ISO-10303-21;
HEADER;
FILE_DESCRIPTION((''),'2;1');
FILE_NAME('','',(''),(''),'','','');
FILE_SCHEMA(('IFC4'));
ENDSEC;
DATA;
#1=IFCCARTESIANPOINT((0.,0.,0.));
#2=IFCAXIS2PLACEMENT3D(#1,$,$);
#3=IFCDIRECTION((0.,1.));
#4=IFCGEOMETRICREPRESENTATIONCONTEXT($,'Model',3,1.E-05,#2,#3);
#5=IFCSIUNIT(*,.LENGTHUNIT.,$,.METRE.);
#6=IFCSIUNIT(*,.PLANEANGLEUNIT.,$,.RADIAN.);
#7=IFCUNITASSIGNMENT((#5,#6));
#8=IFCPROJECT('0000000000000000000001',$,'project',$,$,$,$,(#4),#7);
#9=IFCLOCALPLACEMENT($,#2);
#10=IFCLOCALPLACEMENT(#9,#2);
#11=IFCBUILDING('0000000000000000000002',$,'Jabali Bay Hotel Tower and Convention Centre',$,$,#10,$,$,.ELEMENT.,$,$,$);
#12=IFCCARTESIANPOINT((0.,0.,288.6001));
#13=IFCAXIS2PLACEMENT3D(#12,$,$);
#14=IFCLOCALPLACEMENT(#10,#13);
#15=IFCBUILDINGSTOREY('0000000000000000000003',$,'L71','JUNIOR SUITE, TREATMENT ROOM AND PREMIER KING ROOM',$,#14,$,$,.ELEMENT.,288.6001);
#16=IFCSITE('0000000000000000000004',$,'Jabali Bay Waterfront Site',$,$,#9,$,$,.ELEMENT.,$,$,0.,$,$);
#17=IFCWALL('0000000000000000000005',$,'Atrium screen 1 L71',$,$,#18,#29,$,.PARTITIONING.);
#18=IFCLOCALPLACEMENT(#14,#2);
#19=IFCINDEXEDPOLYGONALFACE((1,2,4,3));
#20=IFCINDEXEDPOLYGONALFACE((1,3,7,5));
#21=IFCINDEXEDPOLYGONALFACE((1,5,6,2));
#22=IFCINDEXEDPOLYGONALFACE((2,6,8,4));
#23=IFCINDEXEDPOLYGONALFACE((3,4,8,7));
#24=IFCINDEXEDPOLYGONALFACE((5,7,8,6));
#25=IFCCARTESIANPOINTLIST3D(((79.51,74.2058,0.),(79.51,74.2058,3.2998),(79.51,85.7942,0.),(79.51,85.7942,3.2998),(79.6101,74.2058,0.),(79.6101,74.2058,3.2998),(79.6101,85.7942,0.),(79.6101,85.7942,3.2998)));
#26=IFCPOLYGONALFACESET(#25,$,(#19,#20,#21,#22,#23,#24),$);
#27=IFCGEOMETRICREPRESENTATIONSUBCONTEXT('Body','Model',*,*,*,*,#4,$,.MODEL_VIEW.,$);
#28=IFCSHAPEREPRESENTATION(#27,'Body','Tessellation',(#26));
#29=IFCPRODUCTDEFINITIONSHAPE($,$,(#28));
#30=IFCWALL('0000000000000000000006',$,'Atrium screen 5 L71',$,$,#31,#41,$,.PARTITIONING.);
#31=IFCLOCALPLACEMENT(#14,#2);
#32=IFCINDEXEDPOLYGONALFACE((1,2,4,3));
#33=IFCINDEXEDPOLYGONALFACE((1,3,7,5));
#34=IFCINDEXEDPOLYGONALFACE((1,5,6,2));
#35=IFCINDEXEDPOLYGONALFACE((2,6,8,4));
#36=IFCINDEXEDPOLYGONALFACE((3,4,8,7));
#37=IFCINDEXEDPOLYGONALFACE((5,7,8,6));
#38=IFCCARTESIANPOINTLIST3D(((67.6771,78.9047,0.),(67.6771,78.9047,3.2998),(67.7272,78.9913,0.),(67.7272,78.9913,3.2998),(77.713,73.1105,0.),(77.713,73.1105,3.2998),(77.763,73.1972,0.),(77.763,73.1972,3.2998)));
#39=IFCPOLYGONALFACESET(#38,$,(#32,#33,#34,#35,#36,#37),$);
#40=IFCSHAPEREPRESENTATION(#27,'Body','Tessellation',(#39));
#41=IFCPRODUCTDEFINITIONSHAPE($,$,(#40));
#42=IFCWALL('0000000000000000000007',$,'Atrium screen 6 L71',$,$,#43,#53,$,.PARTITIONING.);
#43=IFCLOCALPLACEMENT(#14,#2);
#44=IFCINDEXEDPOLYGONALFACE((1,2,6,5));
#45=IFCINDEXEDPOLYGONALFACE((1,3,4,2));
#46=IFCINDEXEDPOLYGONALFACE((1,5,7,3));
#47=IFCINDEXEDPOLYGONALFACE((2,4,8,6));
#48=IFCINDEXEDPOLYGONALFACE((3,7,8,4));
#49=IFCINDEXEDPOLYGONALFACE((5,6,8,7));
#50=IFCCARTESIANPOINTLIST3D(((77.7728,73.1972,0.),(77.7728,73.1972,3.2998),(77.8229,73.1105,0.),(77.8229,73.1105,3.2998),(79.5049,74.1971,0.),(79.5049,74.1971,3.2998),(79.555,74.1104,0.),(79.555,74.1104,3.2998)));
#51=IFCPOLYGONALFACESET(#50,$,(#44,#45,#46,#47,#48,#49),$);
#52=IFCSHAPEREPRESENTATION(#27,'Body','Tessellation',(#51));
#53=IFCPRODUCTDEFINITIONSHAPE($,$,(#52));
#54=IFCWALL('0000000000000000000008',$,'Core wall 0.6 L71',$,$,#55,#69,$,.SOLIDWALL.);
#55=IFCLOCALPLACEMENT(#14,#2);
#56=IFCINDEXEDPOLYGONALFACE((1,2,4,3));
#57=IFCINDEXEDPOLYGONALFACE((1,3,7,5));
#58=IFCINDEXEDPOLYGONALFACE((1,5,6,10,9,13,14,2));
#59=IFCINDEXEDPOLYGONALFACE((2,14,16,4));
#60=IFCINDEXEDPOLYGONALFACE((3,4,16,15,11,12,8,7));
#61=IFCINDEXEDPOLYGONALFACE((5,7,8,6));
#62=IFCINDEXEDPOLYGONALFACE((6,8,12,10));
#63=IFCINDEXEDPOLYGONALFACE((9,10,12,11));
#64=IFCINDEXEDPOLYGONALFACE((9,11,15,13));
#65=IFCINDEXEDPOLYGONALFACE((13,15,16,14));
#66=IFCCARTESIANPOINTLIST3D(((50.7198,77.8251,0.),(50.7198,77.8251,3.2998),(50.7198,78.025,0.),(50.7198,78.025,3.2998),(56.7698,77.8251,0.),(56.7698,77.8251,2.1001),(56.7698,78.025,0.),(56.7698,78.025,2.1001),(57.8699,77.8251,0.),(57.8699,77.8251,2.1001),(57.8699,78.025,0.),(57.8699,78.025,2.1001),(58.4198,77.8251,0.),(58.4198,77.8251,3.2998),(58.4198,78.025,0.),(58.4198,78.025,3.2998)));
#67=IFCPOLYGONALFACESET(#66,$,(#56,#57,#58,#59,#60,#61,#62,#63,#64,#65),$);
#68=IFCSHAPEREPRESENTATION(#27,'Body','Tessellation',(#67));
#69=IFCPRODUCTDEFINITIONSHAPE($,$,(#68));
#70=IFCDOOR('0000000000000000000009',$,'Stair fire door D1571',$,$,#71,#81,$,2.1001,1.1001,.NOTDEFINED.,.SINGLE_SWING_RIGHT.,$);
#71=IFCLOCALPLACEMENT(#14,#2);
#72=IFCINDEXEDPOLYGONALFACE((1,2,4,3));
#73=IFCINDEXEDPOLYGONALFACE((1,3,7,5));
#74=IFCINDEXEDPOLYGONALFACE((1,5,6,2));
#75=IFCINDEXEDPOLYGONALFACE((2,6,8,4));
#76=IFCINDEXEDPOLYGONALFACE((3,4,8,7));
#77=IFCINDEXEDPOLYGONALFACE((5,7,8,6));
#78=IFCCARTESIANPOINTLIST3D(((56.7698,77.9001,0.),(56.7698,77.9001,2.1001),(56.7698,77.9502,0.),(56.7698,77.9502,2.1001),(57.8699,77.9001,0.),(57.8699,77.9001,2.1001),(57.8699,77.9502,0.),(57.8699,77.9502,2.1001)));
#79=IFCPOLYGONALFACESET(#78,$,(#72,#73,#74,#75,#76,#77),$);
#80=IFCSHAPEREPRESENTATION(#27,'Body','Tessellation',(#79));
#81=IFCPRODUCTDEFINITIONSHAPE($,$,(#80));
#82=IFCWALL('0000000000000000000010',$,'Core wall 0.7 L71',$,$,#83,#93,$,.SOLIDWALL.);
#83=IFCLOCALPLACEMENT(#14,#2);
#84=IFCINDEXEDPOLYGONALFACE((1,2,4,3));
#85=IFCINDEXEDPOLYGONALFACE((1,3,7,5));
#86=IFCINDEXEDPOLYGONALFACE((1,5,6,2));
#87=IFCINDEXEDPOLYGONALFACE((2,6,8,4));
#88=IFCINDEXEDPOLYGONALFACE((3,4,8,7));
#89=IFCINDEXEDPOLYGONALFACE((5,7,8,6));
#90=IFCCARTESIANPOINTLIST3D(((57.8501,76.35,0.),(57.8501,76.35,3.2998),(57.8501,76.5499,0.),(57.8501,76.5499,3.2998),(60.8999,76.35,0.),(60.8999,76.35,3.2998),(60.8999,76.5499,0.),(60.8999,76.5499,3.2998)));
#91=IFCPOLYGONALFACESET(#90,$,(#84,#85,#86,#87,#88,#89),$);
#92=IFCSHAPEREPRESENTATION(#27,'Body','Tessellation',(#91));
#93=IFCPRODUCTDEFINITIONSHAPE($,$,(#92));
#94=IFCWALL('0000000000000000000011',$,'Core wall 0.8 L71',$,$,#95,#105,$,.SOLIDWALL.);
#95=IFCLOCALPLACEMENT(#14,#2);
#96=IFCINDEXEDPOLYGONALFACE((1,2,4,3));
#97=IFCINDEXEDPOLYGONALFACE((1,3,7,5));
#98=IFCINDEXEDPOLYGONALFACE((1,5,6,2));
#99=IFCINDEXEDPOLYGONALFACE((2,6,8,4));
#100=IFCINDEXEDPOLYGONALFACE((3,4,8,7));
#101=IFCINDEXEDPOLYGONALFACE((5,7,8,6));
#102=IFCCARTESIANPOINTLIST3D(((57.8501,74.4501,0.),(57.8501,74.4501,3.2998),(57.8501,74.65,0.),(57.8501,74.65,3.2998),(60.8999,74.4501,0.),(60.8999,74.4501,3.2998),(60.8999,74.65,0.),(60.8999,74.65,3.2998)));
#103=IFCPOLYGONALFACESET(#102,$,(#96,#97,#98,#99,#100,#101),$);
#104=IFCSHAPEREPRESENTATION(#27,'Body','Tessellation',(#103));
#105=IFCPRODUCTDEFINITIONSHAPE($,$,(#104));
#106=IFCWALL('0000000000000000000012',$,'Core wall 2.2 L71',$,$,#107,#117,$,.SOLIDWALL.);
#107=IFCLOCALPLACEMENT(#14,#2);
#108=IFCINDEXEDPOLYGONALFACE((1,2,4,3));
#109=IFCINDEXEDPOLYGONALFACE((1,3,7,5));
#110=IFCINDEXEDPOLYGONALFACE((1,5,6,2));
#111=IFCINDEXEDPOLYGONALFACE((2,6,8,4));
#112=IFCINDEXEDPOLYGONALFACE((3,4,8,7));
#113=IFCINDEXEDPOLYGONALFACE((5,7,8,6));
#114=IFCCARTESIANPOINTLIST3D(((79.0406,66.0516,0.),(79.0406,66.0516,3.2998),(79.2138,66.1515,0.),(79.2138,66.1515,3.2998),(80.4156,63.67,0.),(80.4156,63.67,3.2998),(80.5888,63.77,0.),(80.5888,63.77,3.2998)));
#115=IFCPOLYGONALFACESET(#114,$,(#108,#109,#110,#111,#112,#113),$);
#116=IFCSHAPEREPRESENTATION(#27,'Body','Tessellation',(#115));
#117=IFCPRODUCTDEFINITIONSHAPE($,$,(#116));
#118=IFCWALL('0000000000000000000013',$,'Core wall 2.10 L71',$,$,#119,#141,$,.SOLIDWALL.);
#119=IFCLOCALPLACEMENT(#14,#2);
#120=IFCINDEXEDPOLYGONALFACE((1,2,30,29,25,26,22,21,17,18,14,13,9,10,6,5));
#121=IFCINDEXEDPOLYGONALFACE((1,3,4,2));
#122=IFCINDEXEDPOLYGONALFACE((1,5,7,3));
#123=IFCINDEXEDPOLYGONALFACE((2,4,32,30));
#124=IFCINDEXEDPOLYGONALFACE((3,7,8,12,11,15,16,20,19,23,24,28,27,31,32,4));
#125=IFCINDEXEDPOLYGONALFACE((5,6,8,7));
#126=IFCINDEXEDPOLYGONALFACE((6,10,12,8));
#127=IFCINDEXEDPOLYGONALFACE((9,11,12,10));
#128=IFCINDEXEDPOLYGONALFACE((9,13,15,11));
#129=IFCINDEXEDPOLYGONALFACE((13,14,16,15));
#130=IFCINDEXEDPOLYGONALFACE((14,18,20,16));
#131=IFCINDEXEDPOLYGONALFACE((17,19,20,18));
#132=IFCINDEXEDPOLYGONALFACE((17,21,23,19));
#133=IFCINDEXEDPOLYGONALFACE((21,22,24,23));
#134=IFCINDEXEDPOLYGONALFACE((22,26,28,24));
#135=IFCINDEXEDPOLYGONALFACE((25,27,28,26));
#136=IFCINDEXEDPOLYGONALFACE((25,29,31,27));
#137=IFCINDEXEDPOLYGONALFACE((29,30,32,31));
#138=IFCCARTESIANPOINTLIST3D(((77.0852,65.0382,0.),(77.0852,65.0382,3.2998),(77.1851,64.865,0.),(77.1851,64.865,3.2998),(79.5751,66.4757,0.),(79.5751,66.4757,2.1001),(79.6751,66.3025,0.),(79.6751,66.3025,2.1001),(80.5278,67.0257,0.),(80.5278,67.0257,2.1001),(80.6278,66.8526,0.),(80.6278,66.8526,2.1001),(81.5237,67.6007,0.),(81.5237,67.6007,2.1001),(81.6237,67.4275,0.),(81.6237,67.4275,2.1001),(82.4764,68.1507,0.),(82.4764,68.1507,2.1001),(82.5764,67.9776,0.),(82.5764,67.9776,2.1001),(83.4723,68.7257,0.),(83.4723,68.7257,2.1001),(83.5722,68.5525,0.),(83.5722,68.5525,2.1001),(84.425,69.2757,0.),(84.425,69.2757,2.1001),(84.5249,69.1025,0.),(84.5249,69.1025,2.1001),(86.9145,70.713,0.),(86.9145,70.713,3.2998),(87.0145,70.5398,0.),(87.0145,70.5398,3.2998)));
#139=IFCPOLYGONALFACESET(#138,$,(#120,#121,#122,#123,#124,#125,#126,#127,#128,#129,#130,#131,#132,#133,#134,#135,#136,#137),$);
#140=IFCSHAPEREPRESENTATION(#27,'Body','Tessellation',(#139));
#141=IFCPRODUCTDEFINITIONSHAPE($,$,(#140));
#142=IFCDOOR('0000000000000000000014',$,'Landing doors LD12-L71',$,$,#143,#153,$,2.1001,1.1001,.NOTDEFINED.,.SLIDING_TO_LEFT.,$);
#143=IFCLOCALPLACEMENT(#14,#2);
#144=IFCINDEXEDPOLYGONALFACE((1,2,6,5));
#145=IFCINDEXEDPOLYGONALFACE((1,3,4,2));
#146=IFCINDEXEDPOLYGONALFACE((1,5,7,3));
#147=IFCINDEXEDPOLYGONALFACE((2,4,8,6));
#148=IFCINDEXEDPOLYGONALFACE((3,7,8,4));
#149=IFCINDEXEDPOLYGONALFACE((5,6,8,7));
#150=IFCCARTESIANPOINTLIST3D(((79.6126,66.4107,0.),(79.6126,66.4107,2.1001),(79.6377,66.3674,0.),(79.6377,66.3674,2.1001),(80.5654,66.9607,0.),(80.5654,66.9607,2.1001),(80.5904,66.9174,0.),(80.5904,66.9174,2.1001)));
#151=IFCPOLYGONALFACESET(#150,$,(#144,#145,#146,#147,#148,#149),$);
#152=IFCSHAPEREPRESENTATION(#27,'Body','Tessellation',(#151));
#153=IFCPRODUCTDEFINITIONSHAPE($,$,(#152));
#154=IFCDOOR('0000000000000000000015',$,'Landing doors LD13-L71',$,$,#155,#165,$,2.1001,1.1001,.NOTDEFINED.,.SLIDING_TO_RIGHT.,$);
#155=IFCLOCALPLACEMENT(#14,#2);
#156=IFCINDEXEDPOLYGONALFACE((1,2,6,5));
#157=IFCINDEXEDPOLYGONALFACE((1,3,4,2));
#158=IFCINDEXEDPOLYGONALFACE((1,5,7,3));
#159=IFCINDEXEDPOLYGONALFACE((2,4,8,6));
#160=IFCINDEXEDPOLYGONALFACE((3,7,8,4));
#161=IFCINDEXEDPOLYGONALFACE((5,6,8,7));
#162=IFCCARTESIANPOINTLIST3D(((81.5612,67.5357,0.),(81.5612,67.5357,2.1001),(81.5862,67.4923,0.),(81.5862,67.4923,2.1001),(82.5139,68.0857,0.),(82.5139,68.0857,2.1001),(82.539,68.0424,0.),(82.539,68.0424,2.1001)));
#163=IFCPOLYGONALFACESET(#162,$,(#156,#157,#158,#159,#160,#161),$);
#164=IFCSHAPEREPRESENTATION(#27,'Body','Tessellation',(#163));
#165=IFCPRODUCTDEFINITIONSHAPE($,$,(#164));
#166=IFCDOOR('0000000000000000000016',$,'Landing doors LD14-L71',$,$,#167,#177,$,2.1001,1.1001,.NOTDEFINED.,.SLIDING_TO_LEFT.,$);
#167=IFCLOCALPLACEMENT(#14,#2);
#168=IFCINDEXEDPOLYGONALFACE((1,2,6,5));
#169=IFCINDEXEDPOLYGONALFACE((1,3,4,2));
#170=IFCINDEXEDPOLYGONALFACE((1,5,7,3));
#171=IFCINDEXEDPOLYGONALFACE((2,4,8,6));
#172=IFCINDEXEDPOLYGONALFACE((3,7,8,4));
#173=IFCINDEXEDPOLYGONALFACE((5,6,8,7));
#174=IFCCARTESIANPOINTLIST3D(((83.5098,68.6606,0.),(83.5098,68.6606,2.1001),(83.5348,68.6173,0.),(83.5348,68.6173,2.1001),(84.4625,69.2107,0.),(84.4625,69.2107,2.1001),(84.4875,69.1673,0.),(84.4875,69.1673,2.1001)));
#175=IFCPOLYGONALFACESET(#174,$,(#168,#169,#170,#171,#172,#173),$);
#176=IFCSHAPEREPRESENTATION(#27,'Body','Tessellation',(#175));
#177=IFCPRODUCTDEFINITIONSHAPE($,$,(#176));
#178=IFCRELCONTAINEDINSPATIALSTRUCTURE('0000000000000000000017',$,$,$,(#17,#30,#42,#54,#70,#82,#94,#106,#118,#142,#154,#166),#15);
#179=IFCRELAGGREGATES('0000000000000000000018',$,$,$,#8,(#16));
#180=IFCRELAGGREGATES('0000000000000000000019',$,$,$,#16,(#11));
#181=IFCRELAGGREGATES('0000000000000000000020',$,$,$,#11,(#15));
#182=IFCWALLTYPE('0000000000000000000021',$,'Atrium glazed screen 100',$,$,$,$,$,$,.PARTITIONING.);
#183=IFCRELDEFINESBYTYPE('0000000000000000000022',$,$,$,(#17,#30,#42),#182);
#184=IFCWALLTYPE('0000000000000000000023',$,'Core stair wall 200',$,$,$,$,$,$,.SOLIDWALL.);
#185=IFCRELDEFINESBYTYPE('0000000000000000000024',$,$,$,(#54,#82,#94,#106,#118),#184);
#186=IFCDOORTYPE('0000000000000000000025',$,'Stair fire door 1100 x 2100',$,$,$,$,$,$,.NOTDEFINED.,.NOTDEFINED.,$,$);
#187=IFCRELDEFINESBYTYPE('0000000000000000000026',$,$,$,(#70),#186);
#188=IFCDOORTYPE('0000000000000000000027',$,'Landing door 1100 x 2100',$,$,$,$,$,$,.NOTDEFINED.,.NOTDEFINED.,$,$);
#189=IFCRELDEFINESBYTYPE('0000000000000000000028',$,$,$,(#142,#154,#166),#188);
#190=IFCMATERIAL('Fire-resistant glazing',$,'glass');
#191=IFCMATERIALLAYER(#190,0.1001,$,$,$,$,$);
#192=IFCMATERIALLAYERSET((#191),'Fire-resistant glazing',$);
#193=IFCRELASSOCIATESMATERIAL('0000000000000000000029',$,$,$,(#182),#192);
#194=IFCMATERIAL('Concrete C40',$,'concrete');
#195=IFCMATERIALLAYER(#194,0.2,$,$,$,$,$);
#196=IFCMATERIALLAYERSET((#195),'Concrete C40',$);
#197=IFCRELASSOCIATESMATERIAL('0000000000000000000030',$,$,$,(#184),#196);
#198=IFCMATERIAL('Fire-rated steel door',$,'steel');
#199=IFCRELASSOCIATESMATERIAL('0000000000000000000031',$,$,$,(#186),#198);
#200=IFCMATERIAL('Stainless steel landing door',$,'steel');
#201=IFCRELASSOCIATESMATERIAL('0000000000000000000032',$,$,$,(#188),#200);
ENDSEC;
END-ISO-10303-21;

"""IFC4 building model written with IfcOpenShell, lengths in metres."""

from ifc_helpers import new_model, si_unit, direction, frame, frame_2d, origin, place, context, subcontext, project, spatial, rectangle, extrude, material, layer, layer_set, type_object, element, fill, save


model = new_model("IFC4")

# Units and contexts
model_context = context("Model", 3, precision=1e-05, world=origin(), true_north=direction((0.0, 1.0)))
body_context = subcontext(model_context, "Body", "Model", "MODEL_VIEW")
ifc_project = project(units=[si_unit("LENGTHUNIT", "METRE"), si_unit("PLANEANGLEUNIT", "RADIAN")], contexts=[model_context])

# Site, building, storey
site_placement = place(None, origin())
site = spatial("IfcSite", under=ifc_project, at=site_placement, Name="Jabali Bay Waterfront Site", CompositionType="ELEMENT", RefElevation=0.0)
building_placement = place(site_placement, origin())
building = spatial("IfcBuilding", under=site, at=building_placement, Name="Jabali Bay Hotel Tower and Convention Centre", CompositionType="ELEMENT")
storey_placement = place(building_placement, frame((0.0, 0.0, 288.6001)))
storey = spatial("IfcBuildingStorey", under=building, at=storey_placement, Name="L71", Description="JUNIOR SUITE, TREATMENT ROOM AND PREMIER KING ROOM", CompositionType="ELEMENT", Elevation=288.6001)

# Walls
ifc_material_1 = material(Name="Fire-resistant glazing", Category="glass")
ifc_layer_1 = layer(ifc_material_1, 0.1001)
ifc_layer_set_1 = layer_set([ifc_layer_1], Name="Fire-resistant glazing")
wall_type_1 = type_object("IfcWallType", Name="Atrium glazed screen 100", PredefinedType="PARTITIONING", material=ifc_layer_set_1)
for number, where, z_axis, x_axis, name in (
    (1, (79.5601, 74.2058, 0.0), (0.0, 0.0, 1.0), (0.0, 1.0, 0.0), "Atrium screen 1 L71"),
    (2, (67.7021, 78.948, 0.0), (0.0, 0.0, 1.0), (0.866027, -0.499998, 0.0), "Atrium screen 5 L71"),
):
    element("IfcWall", number, at=place(storey_placement, frame(where, z_axis=z_axis, x_axis=x_axis)), inside=storey, type_object=wall_type_1, Name=name, PredefinedType="PARTITIONING", context=body_context, shape_type="SweptSolid", body=[
        extrude(rectangle(XDim=11.5884, YDim=0.1001, at=frame_2d((5.7942, 0.0))), origin(), (0.0, 0.0, 1.0), 3.2998),
    ])
wall_1_placement = place(storey_placement, frame((77.7979, 73.1538, 0.0), z_axis=(0.0, 0.0, 1.0), x_axis=(0.866041, 0.499973, 0.0)))
element("IfcWall", 3, at=wall_1_placement, inside=storey, type_object=wall_type_1, Name="Atrium screen 6 L71", PredefinedType="PARTITIONING", context=body_context, shape_type="SweptSolid", body=[
    extrude(rectangle(XDim=2.0, YDim=0.1001, at=frame_2d((1.0, 0.0))), origin(), (0.0, 0.0, 1.0), 3.2998),
])

# Wall, opening, door
ifc_material_2 = material(Name="Concrete C40", Category="concrete")
ifc_layer_2 = layer(ifc_material_2, 0.2)
ifc_layer_set_2 = layer_set([ifc_layer_2], Name="Concrete C40")
wall_type_2 = type_object("IfcWallType", Name="Core stair wall 200", PredefinedType="SOLIDWALL", material=ifc_layer_set_2)
wall_2_placement = place(storey_placement, frame((58.4199, 77.925, 0.0), z_axis=(0.0, 0.0, 1.0), x_axis=(-1.0, 0.0, 0.0)))
wall_2 = element("IfcWall", 4, at=wall_2_placement, inside=storey, type_object=wall_type_2, Name="Core wall 0.6 L71", PredefinedType="SOLIDWALL", context=body_context, shape_type="SweptSolid", body=[
    extrude(rectangle(XDim=7.7, YDim=0.2, at=frame_2d((3.8501, 0.0))), origin(), (0.0, 0.0, 1.0), 3.2998),
])
opening_1_placement = place(wall_2_placement, frame((0.55, 0.0, 0.0)))
opening_1 = element("IfcOpeningElement", 5, at=opening_1_placement, cuts=wall_2, PredefinedType="OPENING", context=body_context, shape_type="SweptSolid", body=[
    extrude(rectangle(XDim=1.1001, YDim=2.1001, at=frame_2d((0.55, 1.05))), frame((0.0, 0.1104, 0.0), z_axis=(0.0, -1.0, 0.0), x_axis=(1.0, 0.0, 0.0)), (0.0, 0.0, 1.0), 0.2209),
])
ifc_material_3 = material(Name="Fire-rated steel door", Category="steel")
door_type_1 = type_object("IfcDoorType", Name="Stair fire door 1100 x 2100", OperationType="NOTDEFINED", PredefinedType="NOTDEFINED", material=ifc_material_3)
door_1_placement = place(opening_1_placement, origin())
door_1 = element("IfcDoor", 6, at=door_1_placement, inside=storey, type_object=door_type_1, Name="Stair fire door D1571", OperationType="SINGLE_SWING_RIGHT", OverallHeight=2.1001, OverallWidth=1.1001, PredefinedType="NOTDEFINED", context=body_context, shape_type="SweptSolid", body=[
    extrude(rectangle(XDim=1.1001, YDim=2.1001, at=frame_2d((0.55, 1.05))), frame((0.0, 0.0249, 0.0), z_axis=(0.0, -1.0, 0.0), x_axis=(1.0, 0.0, 0.0)), (0.0, 0.0, 1.0), 0.05),
])
fill(opening_1, door_1)

# Walls
for number, where, z_axis, x_axis, name in (
    (7, (60.8999, 76.45, 0.0), (0.0, 0.0, 1.0), (-1.0, 0.0, 0.0), "Core wall 0.7 L71"),
    (8, (60.8999, 74.55, 0.0), (0.0, 0.0, 1.0), (-1.0, 0.0, 0.0), "Core wall 0.8 L71"),
):
    element("IfcWall", number, at=place(storey_placement, frame(where, z_axis=z_axis, x_axis=x_axis)), inside=storey, type_object=wall_type_2, Name=name, PredefinedType="SOLIDWALL", context=body_context, shape_type="SweptSolid", body=[
        extrude(rectangle(XDim=3.0498, YDim=0.2, at=frame_2d((1.5249, 0.0))), origin(), (0.0, 0.0, 1.0), 3.2998),
    ])
wall_3_placement = place(storey_placement, frame((79.1272, 66.1016, 0.0), z_axis=(0.0, 0.0, 1.0), x_axis=(0.499997, -0.866027, 0.0)))
element("IfcWall", 9, at=wall_3_placement, inside=storey, type_object=wall_type_2, Name="Core wall 2.2 L71", PredefinedType="SOLIDWALL", context=body_context, shape_type="SweptSolid", body=[
    extrude(rectangle(XDim=2.75, YDim=0.2, at=frame_2d((1.375, 0.0))), origin(), (0.0, 0.0, 1.0), 3.2998),
])

# Wall, openings, doors
wall_4_placement = place(storey_placement, frame((77.1353, 64.9517, 0.0), z_axis=(0.0, 0.0, 1.0), x_axis=(0.866032, 0.499989, 0.0)))
wall_4 = element("IfcWall", 10, at=wall_4_placement, inside=storey, type_object=wall_type_2, Name="Core wall 2.10 L71", PredefinedType="SOLIDWALL", context=body_context, shape_type="SweptSolid", body=[
    extrude(rectangle(XDim=11.3499, YDim=0.2, at=frame_2d((5.6748, 0.0))), origin(), (0.0, 0.0, 1.0), 3.2998),
])
opening_2_placement = place(wall_4_placement, frame((2.875, 0.0, 0.0)))
opening_2 = element("IfcOpeningElement", 11, at=opening_2_placement, cuts=wall_4, PredefinedType="OPENING", context=body_context, shape_type="SweptSolid", body=[
    extrude(rectangle(XDim=1.1001, YDim=2.1001, at=frame_2d((0.55, 1.05))), frame((0.0, 0.1104, 0.0), z_axis=(0.0, -1.0, 0.0), x_axis=(1.0, 0.0, 0.0)), (0.0, 0.0, 1.0), 0.2209),
])
opening_3_placement = place(wall_4_placement, frame((5.125, 0.0, 0.0)))
opening_3 = element("IfcOpeningElement", 12, at=opening_3_placement, cuts=wall_4, PredefinedType="OPENING", context=body_context, shape_type="SweptSolid", body=[
    extrude(rectangle(XDim=1.1001, YDim=2.1001, at=frame_2d((0.55, 1.05))), frame((0.0, 0.1104, 0.0), z_axis=(0.0, -1.0, 0.0), x_axis=(1.0, 0.0, 0.0)), (0.0, 0.0, 1.0), 0.2209),
])
opening_4_placement = place(wall_4_placement, frame((7.375, 0.0, 0.0)))
opening_4 = element("IfcOpeningElement", 13, at=opening_4_placement, cuts=wall_4, PredefinedType="OPENING", context=body_context, shape_type="SweptSolid", body=[
    extrude(rectangle(XDim=1.1001, YDim=2.1001, at=frame_2d((0.55, 1.05))), frame((0.0, 0.1104, 0.0), z_axis=(0.0, -1.0, 0.0), x_axis=(1.0, 0.0, 0.0)), (0.0, 0.0, 1.0), 0.2209),
])
ifc_material_4 = material(Name="Stainless steel landing door", Category="steel")
door_type_2 = type_object("IfcDoorType", Name="Landing door 1100 x 2100", OperationType="NOTDEFINED", PredefinedType="NOTDEFINED", material=ifc_material_4)
door_2_placement = place(opening_2_placement, origin())
door_2 = element("IfcDoor", 14, at=door_2_placement, inside=storey, type_object=door_type_2, Name="Landing doors LD12-L71", OperationType="SLIDING_TO_LEFT", OverallHeight=2.1001, OverallWidth=1.1001, PredefinedType="NOTDEFINED", context=body_context, shape_type="SweptSolid", body=[
    extrude(rectangle(XDim=1.1001, YDim=2.1001, at=frame_2d((0.55, 1.05))), frame((0.0, 0.0249, 0.0), z_axis=(0.0, -1.0, 0.0), x_axis=(1.0, 0.0, 0.0)), (0.0, 0.0, 1.0), 0.05),
])
fill(opening_2, door_2)
door_3_placement = place(opening_3_placement, origin())
door_3 = element("IfcDoor", 15, at=door_3_placement, inside=storey, type_object=door_type_2, Name="Landing doors LD13-L71", OperationType="SLIDING_TO_RIGHT", OverallHeight=2.1001, OverallWidth=1.1001, PredefinedType="NOTDEFINED", context=body_context, shape_type="SweptSolid", body=[
    extrude(rectangle(XDim=1.1001, YDim=2.1001, at=frame_2d((0.55, 1.05))), frame((0.0, 0.0249, 0.0), z_axis=(0.0, -1.0, 0.0), x_axis=(1.0, 0.0, 0.0)), (0.0, 0.0, 1.0), 0.05),
])
fill(opening_3, door_3)
door_4_placement = place(opening_4_placement, origin())
door_4 = element("IfcDoor", 16, at=door_4_placement, inside=storey, type_object=door_type_2, Name="Landing doors LD14-L71", OperationType="SLIDING_TO_LEFT", OverallHeight=2.1001, OverallWidth=1.1001, PredefinedType="NOTDEFINED", context=body_context, shape_type="SweptSolid", body=[
    extrude(rectangle(XDim=1.1001, YDim=2.1001, at=frame_2d((0.55, 1.05))), frame((0.0, 0.0249, 0.0), z_axis=(0.0, -1.0, 0.0), x_axis=(1.0, 0.0, 0.0)), (0.0, 0.0, 1.0), 0.05),
])
fill(opening_4, door_4)

save(model, "model.ifc")
